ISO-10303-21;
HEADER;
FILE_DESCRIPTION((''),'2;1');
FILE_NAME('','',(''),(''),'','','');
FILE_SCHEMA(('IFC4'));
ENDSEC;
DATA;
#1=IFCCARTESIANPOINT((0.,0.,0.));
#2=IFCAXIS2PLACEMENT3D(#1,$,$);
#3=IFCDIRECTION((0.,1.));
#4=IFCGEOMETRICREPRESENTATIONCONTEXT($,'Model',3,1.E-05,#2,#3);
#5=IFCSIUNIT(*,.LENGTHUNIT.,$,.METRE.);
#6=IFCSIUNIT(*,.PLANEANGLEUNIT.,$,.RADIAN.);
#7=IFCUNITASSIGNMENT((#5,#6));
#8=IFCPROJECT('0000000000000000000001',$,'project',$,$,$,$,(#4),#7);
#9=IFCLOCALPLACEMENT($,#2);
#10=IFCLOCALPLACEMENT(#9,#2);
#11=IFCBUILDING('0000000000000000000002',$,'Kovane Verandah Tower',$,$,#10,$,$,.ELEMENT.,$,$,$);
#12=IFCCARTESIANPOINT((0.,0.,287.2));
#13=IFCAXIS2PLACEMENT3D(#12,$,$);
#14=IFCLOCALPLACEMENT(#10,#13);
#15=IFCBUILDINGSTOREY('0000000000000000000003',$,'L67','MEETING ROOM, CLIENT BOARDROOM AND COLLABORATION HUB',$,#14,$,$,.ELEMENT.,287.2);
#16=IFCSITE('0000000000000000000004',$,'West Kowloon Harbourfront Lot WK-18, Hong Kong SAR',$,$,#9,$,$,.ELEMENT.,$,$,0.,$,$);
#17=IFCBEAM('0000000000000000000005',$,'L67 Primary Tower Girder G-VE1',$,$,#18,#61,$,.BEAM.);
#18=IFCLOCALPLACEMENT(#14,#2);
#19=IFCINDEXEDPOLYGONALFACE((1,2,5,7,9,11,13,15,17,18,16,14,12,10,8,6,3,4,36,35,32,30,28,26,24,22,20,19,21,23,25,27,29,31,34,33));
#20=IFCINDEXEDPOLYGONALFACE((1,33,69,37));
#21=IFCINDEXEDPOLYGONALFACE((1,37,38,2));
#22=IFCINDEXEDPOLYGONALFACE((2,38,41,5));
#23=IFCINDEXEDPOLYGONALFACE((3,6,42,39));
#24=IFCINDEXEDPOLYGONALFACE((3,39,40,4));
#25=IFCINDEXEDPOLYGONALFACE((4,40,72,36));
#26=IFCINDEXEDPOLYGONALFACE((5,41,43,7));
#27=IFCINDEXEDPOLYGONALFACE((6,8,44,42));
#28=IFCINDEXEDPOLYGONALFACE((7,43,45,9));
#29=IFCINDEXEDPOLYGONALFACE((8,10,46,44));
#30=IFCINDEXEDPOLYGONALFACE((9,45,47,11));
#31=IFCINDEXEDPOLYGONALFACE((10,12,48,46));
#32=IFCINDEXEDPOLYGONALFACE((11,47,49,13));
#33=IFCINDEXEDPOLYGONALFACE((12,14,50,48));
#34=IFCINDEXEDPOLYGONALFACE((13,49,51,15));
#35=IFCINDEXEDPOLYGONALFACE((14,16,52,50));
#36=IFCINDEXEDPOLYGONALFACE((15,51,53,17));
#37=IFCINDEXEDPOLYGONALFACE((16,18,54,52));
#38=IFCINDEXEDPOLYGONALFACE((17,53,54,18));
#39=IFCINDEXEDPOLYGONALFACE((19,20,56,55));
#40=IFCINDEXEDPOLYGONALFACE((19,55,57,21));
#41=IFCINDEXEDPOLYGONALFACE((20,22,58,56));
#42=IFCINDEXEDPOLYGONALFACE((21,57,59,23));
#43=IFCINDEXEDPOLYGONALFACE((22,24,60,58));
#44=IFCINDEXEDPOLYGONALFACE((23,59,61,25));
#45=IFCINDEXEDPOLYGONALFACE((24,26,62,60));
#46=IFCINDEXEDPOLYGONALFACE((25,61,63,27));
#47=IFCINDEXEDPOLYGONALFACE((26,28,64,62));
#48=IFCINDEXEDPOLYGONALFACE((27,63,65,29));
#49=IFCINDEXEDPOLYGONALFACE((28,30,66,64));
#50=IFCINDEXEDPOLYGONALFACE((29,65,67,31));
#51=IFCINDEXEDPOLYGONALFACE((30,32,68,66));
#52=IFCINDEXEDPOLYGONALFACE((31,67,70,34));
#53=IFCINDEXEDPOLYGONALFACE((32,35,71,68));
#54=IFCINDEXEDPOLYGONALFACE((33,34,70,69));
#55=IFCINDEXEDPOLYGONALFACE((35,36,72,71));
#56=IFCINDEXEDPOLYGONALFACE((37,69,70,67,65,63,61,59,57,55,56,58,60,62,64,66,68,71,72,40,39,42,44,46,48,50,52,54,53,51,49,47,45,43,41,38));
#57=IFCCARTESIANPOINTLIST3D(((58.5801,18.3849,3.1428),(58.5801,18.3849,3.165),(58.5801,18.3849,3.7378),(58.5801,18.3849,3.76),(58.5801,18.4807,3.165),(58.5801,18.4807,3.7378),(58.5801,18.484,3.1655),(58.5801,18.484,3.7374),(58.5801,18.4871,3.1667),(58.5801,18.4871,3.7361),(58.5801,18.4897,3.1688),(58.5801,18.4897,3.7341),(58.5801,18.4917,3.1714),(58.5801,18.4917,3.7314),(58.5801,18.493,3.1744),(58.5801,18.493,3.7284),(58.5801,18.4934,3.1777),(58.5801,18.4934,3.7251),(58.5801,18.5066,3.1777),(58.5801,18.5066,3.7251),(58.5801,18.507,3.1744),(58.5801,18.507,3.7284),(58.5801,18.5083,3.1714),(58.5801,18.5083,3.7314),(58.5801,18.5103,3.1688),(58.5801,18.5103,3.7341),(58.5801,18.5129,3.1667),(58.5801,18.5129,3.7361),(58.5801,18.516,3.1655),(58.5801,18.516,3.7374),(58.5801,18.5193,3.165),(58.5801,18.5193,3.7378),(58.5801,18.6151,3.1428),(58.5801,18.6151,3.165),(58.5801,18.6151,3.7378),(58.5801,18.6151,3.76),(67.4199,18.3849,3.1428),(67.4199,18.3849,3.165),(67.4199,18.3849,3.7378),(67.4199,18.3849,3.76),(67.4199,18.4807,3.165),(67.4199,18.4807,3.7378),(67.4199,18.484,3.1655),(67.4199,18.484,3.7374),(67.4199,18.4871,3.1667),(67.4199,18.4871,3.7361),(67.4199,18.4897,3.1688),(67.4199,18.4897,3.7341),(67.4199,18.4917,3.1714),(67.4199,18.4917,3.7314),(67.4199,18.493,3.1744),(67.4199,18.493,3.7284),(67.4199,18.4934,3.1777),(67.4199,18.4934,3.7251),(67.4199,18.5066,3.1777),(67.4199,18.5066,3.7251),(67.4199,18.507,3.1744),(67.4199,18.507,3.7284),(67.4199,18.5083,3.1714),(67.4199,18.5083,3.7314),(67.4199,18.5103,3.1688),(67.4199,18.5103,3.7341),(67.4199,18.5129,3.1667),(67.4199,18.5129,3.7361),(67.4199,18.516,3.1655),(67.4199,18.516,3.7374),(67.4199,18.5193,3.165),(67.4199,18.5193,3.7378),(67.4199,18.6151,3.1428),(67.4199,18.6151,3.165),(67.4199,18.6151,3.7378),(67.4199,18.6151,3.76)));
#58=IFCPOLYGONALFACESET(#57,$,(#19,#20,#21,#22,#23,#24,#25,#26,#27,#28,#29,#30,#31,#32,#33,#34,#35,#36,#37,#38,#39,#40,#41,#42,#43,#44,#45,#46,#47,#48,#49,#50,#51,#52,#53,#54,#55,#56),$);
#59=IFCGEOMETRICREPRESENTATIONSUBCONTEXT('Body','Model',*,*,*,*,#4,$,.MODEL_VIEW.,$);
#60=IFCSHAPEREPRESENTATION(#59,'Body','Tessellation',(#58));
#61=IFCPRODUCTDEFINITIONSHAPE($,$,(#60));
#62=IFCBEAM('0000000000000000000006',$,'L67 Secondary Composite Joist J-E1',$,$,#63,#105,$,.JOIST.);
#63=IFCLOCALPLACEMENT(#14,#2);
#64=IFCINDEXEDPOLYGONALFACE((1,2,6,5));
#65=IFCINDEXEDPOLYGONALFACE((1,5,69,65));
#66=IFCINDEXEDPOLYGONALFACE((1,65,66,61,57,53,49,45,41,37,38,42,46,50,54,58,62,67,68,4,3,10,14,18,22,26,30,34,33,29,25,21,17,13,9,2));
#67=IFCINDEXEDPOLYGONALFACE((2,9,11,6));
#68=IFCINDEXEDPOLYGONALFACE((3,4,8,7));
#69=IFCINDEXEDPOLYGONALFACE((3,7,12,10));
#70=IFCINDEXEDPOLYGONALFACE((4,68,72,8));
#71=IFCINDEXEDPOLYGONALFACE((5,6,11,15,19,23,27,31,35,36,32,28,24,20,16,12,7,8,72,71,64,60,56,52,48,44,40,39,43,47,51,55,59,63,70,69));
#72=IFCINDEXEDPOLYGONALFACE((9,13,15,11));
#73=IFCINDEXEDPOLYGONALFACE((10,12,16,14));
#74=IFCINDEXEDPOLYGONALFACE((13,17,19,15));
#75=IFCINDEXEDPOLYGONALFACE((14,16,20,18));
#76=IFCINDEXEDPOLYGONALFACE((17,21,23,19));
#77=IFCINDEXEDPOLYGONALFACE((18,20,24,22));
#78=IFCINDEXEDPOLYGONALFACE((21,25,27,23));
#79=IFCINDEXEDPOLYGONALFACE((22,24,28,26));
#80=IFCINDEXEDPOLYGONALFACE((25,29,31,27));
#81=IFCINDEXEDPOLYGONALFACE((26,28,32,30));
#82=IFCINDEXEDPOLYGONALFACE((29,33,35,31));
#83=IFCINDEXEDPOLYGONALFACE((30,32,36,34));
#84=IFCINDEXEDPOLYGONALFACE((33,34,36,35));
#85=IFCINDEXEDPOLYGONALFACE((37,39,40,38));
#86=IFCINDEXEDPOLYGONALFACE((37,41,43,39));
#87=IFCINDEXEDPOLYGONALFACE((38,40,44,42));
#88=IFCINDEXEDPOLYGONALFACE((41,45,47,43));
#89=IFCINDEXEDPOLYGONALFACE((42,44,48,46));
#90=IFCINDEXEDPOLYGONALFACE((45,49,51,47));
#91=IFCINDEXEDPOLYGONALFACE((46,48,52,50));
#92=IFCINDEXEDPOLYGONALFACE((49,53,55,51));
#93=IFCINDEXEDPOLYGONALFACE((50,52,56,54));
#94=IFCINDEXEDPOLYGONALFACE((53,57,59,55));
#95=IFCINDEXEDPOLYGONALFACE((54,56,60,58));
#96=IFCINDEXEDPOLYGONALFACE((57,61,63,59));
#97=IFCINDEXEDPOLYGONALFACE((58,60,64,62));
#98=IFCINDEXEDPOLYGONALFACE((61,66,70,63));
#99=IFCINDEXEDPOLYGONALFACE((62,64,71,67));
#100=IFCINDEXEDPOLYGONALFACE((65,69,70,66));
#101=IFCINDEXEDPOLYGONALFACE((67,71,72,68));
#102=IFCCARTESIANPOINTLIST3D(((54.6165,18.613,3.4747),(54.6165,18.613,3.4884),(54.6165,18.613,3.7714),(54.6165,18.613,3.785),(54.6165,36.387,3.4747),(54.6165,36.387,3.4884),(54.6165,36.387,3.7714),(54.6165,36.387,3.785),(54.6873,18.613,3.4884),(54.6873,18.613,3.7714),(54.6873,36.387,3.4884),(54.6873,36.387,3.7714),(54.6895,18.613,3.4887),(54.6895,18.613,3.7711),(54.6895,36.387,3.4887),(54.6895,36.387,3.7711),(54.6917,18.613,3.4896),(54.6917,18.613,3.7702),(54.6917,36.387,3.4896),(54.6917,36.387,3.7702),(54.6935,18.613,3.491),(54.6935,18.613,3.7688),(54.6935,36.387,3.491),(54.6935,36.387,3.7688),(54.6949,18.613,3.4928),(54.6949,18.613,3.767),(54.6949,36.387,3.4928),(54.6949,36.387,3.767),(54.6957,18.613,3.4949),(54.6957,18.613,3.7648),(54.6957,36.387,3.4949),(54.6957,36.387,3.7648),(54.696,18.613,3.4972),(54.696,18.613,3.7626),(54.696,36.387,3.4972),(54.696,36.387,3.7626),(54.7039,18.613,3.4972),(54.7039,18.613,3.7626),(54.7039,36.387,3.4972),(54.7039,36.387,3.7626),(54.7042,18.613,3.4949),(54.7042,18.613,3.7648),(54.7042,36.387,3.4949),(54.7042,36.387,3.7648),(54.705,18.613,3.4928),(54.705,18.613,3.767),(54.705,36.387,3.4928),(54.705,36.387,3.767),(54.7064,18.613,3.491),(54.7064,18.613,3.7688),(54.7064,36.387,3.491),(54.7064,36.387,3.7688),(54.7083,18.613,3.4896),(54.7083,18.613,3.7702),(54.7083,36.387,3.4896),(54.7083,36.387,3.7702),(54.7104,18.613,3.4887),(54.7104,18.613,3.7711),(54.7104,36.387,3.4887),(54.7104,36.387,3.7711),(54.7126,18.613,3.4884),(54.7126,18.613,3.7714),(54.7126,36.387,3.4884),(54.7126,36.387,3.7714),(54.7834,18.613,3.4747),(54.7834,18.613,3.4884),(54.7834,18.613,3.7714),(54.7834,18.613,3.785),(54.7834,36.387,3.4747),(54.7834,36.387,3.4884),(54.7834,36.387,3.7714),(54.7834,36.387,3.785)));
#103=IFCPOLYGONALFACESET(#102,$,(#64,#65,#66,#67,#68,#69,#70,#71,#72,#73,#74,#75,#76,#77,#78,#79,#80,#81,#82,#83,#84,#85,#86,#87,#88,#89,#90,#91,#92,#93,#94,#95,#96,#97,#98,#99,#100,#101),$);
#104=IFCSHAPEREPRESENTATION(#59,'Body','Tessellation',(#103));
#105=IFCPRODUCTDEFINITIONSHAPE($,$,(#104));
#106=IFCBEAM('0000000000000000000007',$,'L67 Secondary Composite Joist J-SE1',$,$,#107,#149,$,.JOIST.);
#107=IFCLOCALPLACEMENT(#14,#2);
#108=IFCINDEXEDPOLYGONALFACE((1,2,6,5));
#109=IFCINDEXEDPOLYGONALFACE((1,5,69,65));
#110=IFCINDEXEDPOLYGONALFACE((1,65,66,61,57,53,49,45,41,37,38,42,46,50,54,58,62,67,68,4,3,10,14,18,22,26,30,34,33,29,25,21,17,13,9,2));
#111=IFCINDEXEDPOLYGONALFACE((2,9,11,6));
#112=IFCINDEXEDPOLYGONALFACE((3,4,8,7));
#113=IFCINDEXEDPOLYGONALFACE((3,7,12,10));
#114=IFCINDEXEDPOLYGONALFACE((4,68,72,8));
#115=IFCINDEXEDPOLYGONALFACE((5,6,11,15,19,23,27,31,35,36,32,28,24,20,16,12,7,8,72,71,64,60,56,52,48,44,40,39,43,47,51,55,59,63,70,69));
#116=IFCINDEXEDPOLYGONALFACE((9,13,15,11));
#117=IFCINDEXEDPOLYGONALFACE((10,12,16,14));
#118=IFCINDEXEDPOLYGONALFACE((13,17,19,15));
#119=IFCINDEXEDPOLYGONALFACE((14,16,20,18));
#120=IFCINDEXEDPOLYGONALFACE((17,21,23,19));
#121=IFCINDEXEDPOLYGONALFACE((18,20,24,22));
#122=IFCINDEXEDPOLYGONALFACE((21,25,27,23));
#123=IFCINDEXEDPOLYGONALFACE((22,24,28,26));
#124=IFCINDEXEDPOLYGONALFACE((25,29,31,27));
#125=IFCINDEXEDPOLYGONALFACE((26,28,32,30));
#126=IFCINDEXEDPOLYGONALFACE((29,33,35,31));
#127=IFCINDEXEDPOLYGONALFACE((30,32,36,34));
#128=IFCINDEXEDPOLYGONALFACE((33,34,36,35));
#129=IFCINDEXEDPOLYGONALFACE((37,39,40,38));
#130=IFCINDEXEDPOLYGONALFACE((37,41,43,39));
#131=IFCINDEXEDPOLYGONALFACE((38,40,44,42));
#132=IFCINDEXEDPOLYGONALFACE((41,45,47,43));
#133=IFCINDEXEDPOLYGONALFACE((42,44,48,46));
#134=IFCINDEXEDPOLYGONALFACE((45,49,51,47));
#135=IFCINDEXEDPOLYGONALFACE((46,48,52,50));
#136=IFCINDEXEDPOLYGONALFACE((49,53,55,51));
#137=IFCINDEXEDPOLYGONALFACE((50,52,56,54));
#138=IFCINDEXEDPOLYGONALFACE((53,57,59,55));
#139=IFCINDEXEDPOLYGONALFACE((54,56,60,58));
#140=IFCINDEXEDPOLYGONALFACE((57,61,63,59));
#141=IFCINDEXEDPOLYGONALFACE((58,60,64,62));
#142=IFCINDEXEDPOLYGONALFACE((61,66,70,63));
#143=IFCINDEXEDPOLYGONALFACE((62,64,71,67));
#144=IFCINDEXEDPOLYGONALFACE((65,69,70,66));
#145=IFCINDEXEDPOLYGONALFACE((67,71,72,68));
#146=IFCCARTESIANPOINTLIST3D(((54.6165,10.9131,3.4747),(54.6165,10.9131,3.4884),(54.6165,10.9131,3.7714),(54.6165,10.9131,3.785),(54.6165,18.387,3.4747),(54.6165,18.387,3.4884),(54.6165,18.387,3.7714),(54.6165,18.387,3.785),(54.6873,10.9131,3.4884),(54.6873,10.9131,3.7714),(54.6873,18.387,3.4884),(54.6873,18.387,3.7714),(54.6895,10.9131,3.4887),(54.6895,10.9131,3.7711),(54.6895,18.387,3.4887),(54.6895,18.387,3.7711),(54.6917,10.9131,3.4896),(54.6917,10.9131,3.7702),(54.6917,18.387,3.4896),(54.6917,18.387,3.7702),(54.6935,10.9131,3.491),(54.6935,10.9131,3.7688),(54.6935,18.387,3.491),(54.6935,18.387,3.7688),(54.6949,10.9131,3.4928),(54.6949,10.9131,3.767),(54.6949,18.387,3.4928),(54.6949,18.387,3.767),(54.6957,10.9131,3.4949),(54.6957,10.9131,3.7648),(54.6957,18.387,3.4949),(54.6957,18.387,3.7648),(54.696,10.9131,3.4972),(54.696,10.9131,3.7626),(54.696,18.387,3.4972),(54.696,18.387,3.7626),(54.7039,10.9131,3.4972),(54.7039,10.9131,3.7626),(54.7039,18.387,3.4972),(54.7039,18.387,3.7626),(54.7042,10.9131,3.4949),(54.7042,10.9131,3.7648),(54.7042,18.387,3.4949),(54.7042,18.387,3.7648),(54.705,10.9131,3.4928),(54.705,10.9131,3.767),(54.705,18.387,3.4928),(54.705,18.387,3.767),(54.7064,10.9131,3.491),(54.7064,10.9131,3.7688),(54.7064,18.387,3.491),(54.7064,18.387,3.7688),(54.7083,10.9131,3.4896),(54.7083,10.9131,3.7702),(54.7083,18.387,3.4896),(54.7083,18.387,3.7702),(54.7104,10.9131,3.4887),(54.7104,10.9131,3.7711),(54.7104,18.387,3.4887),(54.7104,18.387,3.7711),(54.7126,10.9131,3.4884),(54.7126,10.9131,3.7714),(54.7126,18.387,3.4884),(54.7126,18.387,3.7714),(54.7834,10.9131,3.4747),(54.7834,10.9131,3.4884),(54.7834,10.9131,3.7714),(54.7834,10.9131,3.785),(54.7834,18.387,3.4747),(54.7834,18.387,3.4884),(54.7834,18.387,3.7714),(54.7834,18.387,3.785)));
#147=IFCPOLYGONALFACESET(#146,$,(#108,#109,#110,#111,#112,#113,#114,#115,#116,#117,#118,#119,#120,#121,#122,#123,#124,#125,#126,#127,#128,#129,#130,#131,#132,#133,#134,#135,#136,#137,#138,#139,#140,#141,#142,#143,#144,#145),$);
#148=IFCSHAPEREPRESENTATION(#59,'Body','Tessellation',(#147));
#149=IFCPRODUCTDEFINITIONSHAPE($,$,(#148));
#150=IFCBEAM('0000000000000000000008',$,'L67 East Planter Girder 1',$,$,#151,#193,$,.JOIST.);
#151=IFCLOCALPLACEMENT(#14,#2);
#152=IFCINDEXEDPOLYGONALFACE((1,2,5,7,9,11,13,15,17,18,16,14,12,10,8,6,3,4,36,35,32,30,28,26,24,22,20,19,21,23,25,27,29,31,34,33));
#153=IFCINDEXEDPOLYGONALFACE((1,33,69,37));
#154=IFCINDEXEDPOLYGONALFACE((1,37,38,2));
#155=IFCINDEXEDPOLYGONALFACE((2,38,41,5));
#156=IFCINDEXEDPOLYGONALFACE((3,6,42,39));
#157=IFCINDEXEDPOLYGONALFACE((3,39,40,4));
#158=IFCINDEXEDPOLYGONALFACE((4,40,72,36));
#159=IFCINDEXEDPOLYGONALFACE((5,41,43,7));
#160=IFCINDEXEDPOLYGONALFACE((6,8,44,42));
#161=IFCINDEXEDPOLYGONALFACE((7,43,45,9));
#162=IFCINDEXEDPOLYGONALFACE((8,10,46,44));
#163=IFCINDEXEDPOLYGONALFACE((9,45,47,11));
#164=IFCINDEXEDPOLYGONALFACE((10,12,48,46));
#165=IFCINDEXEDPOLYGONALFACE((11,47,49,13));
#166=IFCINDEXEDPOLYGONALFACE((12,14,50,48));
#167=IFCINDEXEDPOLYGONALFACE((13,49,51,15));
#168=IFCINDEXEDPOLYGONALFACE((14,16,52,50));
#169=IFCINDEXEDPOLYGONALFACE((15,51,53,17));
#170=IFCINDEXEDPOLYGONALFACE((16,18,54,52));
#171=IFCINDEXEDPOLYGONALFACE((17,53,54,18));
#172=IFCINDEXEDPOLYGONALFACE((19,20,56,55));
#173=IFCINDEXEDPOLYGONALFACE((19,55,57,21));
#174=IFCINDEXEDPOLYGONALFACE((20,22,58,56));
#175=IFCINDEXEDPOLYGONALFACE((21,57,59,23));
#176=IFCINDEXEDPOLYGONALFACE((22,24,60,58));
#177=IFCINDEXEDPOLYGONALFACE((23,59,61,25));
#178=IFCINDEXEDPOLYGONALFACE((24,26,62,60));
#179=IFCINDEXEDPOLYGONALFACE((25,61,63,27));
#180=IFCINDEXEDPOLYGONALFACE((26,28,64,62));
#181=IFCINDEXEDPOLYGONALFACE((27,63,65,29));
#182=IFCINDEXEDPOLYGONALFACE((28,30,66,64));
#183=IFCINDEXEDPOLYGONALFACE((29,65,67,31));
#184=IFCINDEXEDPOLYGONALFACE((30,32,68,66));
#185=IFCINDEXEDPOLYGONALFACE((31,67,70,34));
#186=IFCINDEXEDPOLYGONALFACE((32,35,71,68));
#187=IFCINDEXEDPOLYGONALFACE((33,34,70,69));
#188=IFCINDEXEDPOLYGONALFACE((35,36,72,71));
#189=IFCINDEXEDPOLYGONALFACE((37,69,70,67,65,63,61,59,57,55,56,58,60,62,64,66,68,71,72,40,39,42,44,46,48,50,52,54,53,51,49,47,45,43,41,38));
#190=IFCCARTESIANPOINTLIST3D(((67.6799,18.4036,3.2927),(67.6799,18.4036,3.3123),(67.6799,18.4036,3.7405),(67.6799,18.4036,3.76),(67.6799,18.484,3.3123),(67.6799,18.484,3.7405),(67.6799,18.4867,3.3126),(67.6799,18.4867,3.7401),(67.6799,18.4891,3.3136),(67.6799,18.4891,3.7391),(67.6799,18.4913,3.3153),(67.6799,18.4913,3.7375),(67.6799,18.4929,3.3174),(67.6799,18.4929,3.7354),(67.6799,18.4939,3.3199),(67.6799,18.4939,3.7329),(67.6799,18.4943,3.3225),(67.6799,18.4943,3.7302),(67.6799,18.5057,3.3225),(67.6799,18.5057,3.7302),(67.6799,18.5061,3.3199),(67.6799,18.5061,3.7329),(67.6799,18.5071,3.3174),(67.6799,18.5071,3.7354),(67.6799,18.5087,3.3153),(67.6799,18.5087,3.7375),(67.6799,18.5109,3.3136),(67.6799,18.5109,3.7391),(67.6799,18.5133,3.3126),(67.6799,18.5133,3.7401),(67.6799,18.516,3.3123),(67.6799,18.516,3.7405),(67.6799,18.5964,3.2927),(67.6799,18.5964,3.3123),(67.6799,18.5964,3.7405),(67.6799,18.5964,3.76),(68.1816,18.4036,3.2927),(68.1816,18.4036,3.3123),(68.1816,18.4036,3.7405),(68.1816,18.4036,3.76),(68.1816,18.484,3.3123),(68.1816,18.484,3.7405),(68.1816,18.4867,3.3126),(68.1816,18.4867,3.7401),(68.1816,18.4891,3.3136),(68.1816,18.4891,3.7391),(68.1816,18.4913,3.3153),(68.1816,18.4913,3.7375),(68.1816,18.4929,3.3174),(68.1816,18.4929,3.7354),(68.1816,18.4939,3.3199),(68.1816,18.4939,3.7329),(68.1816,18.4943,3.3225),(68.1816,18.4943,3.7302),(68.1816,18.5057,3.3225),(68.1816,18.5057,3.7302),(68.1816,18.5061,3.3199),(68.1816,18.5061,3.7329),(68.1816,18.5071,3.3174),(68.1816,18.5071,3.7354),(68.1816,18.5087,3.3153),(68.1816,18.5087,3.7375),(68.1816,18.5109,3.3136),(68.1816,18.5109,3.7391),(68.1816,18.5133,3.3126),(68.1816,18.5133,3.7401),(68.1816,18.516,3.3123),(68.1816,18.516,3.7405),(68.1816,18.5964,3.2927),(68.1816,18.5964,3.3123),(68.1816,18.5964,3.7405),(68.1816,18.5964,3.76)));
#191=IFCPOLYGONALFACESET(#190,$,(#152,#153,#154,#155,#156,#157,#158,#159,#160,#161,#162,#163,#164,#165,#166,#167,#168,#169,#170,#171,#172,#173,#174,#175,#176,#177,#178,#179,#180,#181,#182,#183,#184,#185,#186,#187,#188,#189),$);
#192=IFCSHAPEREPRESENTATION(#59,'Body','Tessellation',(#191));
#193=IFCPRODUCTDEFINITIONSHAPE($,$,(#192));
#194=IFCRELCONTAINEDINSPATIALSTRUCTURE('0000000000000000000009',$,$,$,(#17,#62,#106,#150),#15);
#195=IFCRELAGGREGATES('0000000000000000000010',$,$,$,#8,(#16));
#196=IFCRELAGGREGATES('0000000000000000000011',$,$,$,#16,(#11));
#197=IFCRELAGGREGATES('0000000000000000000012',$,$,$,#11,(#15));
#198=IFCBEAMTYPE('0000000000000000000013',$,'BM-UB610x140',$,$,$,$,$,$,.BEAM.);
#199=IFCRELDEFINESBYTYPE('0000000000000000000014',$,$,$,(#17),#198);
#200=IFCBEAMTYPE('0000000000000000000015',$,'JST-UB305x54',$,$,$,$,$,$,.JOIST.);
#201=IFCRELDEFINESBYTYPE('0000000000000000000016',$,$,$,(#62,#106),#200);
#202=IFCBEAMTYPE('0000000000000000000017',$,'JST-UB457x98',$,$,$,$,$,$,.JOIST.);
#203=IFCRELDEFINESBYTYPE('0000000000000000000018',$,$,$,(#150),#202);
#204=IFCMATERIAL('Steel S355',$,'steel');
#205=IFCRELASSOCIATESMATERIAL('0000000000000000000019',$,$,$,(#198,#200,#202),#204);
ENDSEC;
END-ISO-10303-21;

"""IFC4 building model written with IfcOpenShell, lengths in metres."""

from ifc_helpers import new_model, si_unit, direction, frame, origin, origin_2d, place, context, subcontext, project, spatial, i_section, extrude, material, material_profile, profile_set, type_object, element, save


model = new_model("IFC4")

# Units and contexts
model_context = context("Model", 3, precision=1e-05, world=origin(), true_north=direction((0.0, 1.0)))
body_context = subcontext(model_context, "Body", "Model", "MODEL_VIEW")
ifc_project = project(units=[si_unit("LENGTHUNIT", "METRE"), si_unit("PLANEANGLEUNIT", "RADIAN")], contexts=[model_context])

# Site, building, storey
site_placement = place(None, origin())
site = spatial("IfcSite", under=ifc_project, at=site_placement, Name="West Kowloon Harbourfront Lot WK-18, Hong Kong SAR", CompositionType="ELEMENT", RefElevation=0.0)
building_placement = place(site_placement, origin())
building = spatial("IfcBuilding", under=site, at=building_placement, Name="Kovane Verandah Tower", CompositionType="ELEMENT")
storey_placement = place(building_placement, frame((0.0, 0.0, 287.2)))
storey = spatial("IfcBuildingStorey", under=building, at=storey_placement, Name="L67", Description="MEETING ROOM, CLIENT BOARDROOM AND COLLABORATION HUB", CompositionType="ELEMENT", Elevation=287.2)

# Beams
ifc_material_1 = material(Name="Steel S355", Category="steel")
ifc_material_profile_1 = material_profile(ifc_material_1, i_section(OverallWidth=0.2302, OverallDepth=0.6172, WebThickness=0.0132, FlangeThickness=0.0222, FilletRadius=0.0127, at=origin_2d()), Name="UB610x229x140")
ifc_profile_set_1 = profile_set([ifc_material_profile_1], Name="Steel S355")
beam_type_1 = type_object("IfcBeamType", Name="BM-UB610x140", PredefinedType="BEAM", material=ifc_profile_set_1)
beam_1_placement = place(storey_placement, frame((58.5801, 18.5, 3.4514), z_axis=(1.0, 0.0, 0.0), x_axis=(0.0, 1.0, 0.0)))
element("IfcBeam", 1, at=beam_1_placement, inside=storey, type_object=beam_type_1, Name="L67 Primary Tower Girder G-VE1", PredefinedType="BEAM", context=body_context, shape_type="SweptSolid", body=[
    extrude(i_section(OverallWidth=0.2302, OverallDepth=0.6172, WebThickness=0.0132, FlangeThickness=0.0222, FilletRadius=0.0127, at=origin_2d()), origin(), (0.0, 0.0, 1.0), 8.8398),
])
ifc_material_profile_2 = material_profile(ifc_material_1, i_section(OverallWidth=0.167, OverallDepth=0.3103, WebThickness=0.0078, FlangeThickness=0.0137, FilletRadius=0.0088, at=origin_2d()), Name="UB305x165x54")
ifc_profile_set_2 = profile_set([ifc_material_profile_2], Name="Steel S355")
beam_type_2 = type_object("IfcBeamType", Name="JST-UB305x54", PredefinedType="JOIST", material=ifc_profile_set_2)
beam_2_placement = place(storey_placement, frame((54.7, 18.613, 3.6299), z_axis=(0.0, 1.0, 0.0), x_axis=(-1.0, 0.0, 0.0)))
element("IfcBeam", 2, at=beam_2_placement, inside=storey, type_object=beam_type_2, Name="L67 Secondary Composite Joist J-E1", PredefinedType="JOIST", context=body_context, shape_type="SweptSolid", body=[
    extrude(i_section(OverallWidth=0.167, OverallDepth=0.3103, WebThickness=0.0078, FlangeThickness=0.0137, FilletRadius=0.0088, at=origin_2d()), origin(), (0.0, 0.0, 1.0), 17.7739),
])
beam_3_placement = place(storey_placement, frame((54.7, 10.9131, 3.6299), z_axis=(0.0, 1.0, 0.0), x_axis=(-1.0, 0.0, 0.0)))
element("IfcBeam", 3, at=beam_3_placement, inside=storey, type_object=beam_type_2, Name="L67 Secondary Composite Joist J-SE1", PredefinedType="JOIST", context=body_context, shape_type="SweptSolid", body=[
    extrude(i_section(OverallWidth=0.167, OverallDepth=0.3103, WebThickness=0.0078, FlangeThickness=0.0137, FilletRadius=0.0088, at=origin_2d()), origin(), (0.0, 0.0, 1.0), 7.4739),
])
ifc_material_profile_3 = material_profile(ifc_material_1, i_section(OverallWidth=0.1929, OverallDepth=0.4673, WebThickness=0.0115, FlangeThickness=0.0195, FilletRadius=0.0103, at=origin_2d()), Name="UB457x191x98")
ifc_profile_set_3 = profile_set([ifc_material_profile_3], Name="Steel S355")
beam_type_3 = type_object("IfcBeamType", Name="JST-UB457x98", PredefinedType="JOIST", material=ifc_profile_set_3)
beam_4_placement = place(storey_placement, frame((67.6799, 18.5, 3.5264), z_axis=(1.0, 0.0, 0.0), x_axis=(0.0, 1.0, 0.0)))
element("IfcBeam", 4, at=beam_4_placement, inside=storey, type_object=beam_type_3, Name="L67 East Planter Girder 1", PredefinedType="JOIST", context=body_context, shape_type="SweptSolid", body=[
    extrude(i_section(OverallWidth=0.1929, OverallDepth=0.4673, WebThickness=0.0115, FlangeThickness=0.0195, FilletRadius=0.0103, at=origin_2d()), origin(), (0.0, 0.0, 1.0), 0.5017),
])

save(model, "model.ifc")
